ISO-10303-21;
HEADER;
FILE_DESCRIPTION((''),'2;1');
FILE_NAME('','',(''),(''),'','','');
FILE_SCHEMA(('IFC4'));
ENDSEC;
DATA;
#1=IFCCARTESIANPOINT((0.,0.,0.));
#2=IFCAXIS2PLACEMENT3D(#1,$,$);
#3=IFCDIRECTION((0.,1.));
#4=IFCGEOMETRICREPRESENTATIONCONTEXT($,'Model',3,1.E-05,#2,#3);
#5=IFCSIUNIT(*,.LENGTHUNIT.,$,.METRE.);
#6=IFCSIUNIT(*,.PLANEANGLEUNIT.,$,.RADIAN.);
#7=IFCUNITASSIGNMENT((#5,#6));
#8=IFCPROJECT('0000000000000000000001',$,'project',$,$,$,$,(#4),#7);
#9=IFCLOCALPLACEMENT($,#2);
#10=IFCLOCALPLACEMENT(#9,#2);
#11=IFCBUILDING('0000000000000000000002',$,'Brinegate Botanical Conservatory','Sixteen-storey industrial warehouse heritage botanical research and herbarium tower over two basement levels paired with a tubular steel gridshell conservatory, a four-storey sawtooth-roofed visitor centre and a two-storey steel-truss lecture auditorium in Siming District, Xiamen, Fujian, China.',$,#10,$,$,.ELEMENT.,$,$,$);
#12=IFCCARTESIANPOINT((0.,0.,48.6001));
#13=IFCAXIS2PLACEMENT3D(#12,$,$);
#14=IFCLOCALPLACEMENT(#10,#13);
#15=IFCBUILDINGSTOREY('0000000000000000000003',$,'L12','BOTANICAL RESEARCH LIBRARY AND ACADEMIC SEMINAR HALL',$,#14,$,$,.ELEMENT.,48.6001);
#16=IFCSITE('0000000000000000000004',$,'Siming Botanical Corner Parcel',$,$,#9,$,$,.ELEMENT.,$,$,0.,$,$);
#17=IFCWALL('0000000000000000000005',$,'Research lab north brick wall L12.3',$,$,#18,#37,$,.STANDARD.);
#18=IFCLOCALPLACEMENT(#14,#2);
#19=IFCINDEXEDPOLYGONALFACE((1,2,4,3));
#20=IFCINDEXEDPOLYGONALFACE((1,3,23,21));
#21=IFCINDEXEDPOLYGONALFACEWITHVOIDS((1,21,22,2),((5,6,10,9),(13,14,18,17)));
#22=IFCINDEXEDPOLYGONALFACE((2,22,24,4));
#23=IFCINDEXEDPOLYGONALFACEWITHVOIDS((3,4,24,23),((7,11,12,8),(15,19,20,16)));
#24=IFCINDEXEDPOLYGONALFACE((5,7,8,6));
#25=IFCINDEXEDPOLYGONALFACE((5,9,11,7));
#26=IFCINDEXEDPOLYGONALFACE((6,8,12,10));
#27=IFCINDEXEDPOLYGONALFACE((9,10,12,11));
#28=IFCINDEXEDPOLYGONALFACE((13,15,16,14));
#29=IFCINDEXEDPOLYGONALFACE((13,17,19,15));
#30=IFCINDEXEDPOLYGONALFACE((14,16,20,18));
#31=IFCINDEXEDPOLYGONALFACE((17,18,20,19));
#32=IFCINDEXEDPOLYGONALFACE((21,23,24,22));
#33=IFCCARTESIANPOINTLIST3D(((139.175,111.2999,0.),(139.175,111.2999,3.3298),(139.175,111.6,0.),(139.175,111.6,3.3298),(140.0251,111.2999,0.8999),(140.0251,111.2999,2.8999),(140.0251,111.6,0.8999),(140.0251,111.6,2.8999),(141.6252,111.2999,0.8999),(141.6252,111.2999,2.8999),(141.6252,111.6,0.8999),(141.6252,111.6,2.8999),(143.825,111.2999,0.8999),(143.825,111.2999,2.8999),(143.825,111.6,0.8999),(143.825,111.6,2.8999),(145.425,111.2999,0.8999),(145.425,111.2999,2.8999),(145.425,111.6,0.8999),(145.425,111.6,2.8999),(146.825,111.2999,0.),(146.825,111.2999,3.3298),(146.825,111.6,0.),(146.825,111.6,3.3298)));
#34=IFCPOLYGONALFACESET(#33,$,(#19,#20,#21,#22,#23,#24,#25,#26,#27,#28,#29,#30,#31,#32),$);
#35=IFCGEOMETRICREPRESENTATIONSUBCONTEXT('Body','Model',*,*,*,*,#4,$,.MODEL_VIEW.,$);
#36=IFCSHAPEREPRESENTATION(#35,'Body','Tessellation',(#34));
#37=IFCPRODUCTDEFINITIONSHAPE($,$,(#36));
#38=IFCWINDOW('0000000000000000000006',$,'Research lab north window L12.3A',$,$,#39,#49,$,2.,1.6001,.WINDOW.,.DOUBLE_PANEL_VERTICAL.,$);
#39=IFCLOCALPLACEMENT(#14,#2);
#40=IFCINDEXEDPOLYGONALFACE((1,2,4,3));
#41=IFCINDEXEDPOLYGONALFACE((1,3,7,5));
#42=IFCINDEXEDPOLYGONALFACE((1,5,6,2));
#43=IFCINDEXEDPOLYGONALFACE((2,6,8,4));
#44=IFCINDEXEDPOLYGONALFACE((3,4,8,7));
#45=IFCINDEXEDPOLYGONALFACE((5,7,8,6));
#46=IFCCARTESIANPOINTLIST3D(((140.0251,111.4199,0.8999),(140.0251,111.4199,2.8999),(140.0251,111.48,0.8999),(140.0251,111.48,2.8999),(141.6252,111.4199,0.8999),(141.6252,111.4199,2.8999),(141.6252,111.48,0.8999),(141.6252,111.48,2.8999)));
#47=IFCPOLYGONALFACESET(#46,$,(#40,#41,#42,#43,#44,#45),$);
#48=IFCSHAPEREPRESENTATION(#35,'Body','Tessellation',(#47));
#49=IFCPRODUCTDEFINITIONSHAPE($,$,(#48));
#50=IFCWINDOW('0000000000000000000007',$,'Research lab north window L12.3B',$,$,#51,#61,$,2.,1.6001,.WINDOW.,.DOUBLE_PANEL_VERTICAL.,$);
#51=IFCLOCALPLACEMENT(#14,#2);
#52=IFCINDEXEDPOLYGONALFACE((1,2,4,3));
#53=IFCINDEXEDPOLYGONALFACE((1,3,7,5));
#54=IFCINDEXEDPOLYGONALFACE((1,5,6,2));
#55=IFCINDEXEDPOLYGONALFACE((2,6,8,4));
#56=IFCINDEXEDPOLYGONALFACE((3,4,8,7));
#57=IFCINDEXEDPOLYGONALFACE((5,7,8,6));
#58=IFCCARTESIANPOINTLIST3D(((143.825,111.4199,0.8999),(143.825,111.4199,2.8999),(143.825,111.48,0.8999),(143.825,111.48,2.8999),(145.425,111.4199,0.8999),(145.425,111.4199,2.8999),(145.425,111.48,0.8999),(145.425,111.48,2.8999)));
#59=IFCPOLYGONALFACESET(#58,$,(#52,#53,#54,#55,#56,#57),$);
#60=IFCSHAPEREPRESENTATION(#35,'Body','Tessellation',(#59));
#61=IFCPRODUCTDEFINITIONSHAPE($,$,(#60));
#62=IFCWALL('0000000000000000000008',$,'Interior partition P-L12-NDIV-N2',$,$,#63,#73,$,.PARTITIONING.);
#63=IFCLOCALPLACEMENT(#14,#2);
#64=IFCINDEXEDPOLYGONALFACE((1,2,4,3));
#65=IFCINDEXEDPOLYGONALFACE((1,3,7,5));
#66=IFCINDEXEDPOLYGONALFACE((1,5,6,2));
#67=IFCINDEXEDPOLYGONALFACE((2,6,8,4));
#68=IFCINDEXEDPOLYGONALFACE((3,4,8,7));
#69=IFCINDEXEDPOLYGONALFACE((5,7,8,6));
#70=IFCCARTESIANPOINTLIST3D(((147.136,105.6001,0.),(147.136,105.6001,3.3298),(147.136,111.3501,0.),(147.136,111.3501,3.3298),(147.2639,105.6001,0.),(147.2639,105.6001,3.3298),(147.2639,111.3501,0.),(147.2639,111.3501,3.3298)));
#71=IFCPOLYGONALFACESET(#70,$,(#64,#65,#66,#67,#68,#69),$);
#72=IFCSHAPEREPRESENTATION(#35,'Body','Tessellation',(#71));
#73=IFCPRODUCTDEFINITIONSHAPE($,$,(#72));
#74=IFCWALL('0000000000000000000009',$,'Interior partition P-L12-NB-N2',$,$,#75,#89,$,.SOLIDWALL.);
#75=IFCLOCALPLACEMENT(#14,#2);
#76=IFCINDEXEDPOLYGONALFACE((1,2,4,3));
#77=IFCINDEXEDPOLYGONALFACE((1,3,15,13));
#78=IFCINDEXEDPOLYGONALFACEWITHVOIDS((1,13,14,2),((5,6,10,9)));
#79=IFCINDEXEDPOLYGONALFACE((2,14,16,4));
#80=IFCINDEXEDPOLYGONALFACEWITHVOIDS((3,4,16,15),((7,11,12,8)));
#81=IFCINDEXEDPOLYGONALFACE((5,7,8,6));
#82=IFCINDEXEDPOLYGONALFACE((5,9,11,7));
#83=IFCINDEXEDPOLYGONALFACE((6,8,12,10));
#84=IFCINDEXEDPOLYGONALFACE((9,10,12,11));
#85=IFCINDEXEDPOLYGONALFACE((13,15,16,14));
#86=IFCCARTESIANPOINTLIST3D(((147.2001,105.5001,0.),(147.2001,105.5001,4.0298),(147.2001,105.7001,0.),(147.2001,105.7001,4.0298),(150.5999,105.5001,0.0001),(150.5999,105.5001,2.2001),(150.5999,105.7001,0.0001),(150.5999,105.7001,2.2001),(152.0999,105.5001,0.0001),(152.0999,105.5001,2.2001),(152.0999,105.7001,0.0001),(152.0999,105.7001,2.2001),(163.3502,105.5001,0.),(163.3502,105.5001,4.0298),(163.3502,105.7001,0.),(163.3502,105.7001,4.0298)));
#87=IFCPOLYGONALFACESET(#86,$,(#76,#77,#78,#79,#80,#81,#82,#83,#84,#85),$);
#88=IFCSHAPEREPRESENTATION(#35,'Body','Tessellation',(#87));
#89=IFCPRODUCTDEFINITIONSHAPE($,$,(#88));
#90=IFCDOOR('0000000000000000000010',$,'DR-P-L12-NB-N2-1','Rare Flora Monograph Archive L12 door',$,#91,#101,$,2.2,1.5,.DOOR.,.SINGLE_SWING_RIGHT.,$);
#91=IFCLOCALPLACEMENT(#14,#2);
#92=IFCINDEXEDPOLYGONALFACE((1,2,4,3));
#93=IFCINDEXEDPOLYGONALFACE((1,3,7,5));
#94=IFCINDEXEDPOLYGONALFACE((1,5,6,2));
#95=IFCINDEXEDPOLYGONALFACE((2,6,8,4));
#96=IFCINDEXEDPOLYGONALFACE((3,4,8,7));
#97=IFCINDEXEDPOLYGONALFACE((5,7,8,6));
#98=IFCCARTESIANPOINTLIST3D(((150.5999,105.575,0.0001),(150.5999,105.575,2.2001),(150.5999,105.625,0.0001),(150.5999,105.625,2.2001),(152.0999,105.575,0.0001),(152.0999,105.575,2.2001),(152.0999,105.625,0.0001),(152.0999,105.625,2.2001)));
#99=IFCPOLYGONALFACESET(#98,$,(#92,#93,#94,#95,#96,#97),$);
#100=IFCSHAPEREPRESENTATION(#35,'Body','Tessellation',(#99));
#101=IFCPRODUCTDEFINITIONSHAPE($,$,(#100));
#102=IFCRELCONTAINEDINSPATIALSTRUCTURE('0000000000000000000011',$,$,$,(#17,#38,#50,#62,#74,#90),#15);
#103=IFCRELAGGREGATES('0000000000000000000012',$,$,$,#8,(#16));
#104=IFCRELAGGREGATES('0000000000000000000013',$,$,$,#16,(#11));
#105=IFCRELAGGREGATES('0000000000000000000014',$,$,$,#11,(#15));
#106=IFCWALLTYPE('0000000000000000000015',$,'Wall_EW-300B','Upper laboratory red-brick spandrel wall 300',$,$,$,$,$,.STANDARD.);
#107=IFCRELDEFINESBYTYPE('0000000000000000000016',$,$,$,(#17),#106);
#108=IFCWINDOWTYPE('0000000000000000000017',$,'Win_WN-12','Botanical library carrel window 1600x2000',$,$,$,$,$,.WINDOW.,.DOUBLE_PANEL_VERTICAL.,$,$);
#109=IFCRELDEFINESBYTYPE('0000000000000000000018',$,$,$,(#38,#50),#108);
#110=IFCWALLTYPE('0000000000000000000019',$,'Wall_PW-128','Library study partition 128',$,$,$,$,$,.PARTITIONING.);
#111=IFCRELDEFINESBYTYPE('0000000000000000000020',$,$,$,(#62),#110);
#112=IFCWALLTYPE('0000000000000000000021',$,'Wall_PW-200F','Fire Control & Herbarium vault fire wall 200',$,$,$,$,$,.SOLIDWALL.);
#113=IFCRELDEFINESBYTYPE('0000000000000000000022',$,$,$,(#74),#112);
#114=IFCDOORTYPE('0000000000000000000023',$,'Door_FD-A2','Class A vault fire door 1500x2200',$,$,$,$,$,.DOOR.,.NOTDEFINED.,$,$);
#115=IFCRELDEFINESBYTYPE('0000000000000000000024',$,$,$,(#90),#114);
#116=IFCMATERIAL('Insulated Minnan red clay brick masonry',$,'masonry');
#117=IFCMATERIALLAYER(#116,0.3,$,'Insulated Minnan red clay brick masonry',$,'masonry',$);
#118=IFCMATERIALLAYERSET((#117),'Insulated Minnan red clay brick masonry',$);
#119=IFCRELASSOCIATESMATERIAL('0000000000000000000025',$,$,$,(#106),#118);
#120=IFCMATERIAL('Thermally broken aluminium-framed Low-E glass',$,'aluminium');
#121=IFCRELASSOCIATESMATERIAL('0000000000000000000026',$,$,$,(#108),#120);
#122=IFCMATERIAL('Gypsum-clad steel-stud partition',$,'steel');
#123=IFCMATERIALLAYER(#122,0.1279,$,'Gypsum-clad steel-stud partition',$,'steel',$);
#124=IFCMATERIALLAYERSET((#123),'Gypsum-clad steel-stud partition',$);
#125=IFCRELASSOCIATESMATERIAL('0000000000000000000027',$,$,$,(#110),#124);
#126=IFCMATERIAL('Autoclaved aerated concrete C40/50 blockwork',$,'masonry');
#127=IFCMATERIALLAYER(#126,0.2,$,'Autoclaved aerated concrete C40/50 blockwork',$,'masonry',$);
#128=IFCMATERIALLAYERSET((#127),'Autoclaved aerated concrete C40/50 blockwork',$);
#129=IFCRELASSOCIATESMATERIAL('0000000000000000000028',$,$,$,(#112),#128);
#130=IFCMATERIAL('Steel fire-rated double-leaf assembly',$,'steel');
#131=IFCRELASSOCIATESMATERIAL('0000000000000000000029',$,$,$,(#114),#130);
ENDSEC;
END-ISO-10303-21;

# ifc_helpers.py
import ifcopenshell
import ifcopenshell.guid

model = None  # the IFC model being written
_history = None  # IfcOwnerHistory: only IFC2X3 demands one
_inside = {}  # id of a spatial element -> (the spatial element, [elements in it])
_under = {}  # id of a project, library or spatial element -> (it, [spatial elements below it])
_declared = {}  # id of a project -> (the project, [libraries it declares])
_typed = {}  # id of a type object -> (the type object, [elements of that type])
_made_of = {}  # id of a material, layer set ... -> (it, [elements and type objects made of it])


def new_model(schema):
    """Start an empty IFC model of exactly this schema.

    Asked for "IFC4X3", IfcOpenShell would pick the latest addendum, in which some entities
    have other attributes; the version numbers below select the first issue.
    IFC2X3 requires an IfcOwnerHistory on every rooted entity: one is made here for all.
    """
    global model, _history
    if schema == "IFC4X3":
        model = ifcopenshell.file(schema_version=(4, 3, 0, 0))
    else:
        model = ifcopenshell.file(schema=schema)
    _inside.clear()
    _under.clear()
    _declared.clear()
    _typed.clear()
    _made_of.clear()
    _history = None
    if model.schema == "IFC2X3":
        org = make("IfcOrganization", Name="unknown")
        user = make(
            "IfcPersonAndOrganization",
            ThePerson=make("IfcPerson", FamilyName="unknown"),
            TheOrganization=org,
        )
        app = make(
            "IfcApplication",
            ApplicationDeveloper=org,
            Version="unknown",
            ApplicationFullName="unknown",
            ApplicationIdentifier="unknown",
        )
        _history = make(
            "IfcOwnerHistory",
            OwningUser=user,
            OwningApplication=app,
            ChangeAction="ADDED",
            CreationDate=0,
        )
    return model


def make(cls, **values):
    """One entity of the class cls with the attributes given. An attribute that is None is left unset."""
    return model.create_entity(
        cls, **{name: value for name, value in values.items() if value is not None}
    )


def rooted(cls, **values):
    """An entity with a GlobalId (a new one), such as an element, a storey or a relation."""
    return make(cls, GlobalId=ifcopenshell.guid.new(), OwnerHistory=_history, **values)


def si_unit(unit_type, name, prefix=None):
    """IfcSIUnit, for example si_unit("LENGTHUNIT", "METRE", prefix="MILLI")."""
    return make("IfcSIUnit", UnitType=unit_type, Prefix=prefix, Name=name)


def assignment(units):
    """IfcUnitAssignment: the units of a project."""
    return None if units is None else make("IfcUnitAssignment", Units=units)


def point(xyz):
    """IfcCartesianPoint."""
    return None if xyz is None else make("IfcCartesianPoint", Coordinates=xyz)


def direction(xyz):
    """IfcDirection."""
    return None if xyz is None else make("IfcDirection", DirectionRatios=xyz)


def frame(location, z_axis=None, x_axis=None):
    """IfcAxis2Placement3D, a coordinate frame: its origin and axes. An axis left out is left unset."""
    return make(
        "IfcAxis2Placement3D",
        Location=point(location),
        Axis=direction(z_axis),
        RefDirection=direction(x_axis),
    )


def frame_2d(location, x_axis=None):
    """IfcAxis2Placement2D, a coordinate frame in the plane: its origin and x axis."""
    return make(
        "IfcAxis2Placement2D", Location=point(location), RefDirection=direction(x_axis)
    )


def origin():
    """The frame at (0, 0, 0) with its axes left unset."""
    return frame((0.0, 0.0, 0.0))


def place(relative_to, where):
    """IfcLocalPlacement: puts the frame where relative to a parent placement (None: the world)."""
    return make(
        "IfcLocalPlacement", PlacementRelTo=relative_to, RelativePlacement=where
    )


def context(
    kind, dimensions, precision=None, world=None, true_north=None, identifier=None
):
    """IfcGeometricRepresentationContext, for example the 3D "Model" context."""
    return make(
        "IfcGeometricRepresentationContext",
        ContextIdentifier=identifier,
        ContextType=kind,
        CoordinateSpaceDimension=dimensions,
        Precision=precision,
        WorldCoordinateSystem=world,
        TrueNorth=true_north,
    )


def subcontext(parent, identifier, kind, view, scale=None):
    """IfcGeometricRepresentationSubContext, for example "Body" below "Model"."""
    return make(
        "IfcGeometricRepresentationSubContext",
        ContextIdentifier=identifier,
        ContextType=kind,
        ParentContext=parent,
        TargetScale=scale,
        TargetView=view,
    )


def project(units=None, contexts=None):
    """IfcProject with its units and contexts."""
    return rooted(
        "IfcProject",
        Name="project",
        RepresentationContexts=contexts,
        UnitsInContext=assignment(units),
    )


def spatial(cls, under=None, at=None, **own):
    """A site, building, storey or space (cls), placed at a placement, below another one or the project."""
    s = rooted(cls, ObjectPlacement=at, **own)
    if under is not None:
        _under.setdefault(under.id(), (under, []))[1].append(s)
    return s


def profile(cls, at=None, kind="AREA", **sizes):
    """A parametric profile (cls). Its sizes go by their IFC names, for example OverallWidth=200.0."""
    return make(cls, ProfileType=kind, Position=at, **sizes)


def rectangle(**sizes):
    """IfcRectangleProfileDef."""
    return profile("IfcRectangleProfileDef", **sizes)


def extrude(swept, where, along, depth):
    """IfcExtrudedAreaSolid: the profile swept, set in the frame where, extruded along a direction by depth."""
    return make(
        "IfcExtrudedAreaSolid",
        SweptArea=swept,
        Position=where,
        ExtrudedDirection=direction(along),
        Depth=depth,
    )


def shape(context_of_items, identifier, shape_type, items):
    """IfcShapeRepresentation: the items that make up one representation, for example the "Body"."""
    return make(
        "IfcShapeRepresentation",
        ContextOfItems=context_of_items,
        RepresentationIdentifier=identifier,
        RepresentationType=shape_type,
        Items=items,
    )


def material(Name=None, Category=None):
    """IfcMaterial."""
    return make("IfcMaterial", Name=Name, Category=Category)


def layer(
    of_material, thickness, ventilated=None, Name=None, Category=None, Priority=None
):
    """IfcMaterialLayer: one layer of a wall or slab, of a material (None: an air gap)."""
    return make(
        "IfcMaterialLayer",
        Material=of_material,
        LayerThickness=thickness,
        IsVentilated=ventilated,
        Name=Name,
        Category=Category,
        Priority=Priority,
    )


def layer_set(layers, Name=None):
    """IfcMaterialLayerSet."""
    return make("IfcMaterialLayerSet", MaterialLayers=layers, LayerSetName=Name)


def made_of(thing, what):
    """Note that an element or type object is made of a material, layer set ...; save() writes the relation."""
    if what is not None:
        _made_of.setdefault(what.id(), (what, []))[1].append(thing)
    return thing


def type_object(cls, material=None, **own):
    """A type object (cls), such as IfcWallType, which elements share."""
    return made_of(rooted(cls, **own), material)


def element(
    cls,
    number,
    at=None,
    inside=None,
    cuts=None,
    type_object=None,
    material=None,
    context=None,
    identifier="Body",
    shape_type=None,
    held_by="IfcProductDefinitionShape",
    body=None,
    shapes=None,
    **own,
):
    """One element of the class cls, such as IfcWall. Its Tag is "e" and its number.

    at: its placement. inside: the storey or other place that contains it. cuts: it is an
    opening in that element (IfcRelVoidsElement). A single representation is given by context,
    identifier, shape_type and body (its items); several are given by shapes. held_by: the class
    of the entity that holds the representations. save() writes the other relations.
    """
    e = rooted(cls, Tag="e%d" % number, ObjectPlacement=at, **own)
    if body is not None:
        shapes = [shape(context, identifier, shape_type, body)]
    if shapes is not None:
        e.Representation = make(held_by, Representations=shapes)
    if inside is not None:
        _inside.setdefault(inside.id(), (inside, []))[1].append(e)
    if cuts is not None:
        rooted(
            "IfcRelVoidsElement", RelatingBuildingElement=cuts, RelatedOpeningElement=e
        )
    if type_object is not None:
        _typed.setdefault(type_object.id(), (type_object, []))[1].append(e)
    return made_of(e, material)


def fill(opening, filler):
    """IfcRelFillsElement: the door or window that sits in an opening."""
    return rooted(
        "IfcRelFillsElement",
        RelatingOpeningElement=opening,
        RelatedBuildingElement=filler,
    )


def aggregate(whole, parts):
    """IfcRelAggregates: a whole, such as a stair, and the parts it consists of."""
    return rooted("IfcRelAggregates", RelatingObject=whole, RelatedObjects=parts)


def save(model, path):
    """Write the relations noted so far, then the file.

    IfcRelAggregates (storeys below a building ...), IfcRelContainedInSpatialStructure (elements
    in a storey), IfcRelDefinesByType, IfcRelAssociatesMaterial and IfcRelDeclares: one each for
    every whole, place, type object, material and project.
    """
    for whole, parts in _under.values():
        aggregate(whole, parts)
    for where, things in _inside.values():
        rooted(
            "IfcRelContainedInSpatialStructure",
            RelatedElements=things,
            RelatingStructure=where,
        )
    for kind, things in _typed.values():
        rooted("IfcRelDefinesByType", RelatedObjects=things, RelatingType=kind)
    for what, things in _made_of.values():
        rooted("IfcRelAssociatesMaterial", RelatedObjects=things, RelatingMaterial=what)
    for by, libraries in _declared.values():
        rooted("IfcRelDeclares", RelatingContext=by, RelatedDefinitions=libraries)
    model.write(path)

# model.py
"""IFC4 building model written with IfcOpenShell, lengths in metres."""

from ifc_helpers import new_model, si_unit, direction, frame, frame_2d, origin, place, context, subcontext, project, spatial, rectangle, extrude, material, layer, layer_set, type_object, element, fill, save


model = new_model("IFC4")

# Units and contexts
model_context = context("Model", 3, precision=1e-05, world=origin(), true_north=direction((0.0, 1.0)))
body_context = subcontext(model_context, "Body", "Model", "MODEL_VIEW")
ifc_project = project(units=[si_unit("LENGTHUNIT", "METRE"), si_unit("PLANEANGLEUNIT", "RADIAN")], contexts=[model_context])

# Site, building, storey
site_placement = place(None, origin())
site = spatial("IfcSite", under=ifc_project, at=site_placement, Name="Siming Botanical Corner Parcel", CompositionType="ELEMENT", RefElevation=0.0)
building_placement = place(site_placement, origin())
building = spatial("IfcBuilding", under=site, at=building_placement, Name="Brinegate Botanical Conservatory", Description="Sixteen-storey industrial warehouse heritage botanical research and herbarium tower over two basement levels paired with a tubular steel gridshell conservatory, a four-storey sawtooth-roofed visitor centre and a two-storey steel-truss lecture auditorium in Siming District, Xiamen, Fujian, China.", CompositionType="ELEMENT")
storey_placement = place(building_placement, frame((0.0, 0.0, 48.6001)))
storey = spatial("IfcBuildingStorey", under=building, at=storey_placement, Name="L12", Description="BOTANICAL RESEARCH LIBRARY AND ACADEMIC SEMINAR HALL", CompositionType="ELEMENT", Elevation=48.6001)

# Wall, openings, windows
ifc_material_1 = material(Name="Insulated Minnan red clay brick masonry", Category="masonry")
ifc_layer_1 = layer(ifc_material_1, 0.3, Name="Insulated Minnan red clay brick masonry", Category="masonry")
ifc_layer_set_1 = layer_set([ifc_layer_1], Name="Insulated Minnan red clay brick masonry")
wall_type_1 = type_object("IfcWallType", Name="Wall_EW-300B", Description="Upper laboratory red-brick spandrel wall 300", PredefinedType="STANDARD", material=ifc_layer_set_1)
wall_1_placement = place(storey_placement, frame((139.175, 111.45, 0.0), z_axis=(0.0, 0.0, 1.0), x_axis=(1.0, 0.0, 0.0)))
wall_1 = element("IfcWall", 1, at=wall_1_placement, inside=storey, type_object=wall_type_1, Name="Research lab north brick wall L12.3", PredefinedType="STANDARD", context=body_context, shape_type="SweptSolid", body=[
    extrude(rectangle(XDim=7.6499, YDim=0.3, at=frame_2d((3.825, 0.0))), origin(), (0.0, 0.0, 1.0), 3.3298),
])
opening_1_placement = place(wall_1_placement, frame((0.8501, 0.0, 0.8999)))
opening_1 = element("IfcOpeningElement", 2, at=opening_1_placement, cuts=wall_1, PredefinedType="OPENING", context=body_context, shape_type="SweptSolid", body=[
    extrude(rectangle(XDim=1.6001, YDim=2.0, at=frame_2d((0.8, 1.0))), frame((0.0, 0.1599, 0.0), z_axis=(0.0, -1.0, 0.0), x_axis=(1.0, 0.0, 0.0)), (0.0, 0.0, 1.0), 0.3201),
])
opening_2_placement = place(wall_1_placement, frame((4.6499, 0.0, 0.8999)))
opening_2 = element("IfcOpeningElement", 3, at=opening_2_placement, cuts=wall_1, PredefinedType="OPENING", context=body_context, shape_type="SweptSolid", body=[
    extrude(rectangle(XDim=1.6001, YDim=2.0, at=frame_2d((0.8, 1.0))), frame((0.0, 0.1599, 0.0), z_axis=(0.0, -1.0, 0.0), x_axis=(1.0, 0.0, 0.0)), (0.0, 0.0, 1.0), 0.3201),
])
ifc_material_2 = material(Name="Thermally broken aluminium-framed Low-E glass", Category="aluminium")
window_type = type_object("IfcWindowType", Name="Win_WN-12", Description="Botanical library carrel window 1600x2000", PartitioningType="DOUBLE_PANEL_VERTICAL", PredefinedType="WINDOW", material=ifc_material_2)
window_1_placement = place(opening_1_placement, origin())
window_1 = element("IfcWindow", 4, at=window_1_placement, inside=storey, type_object=window_type, Name="Research lab north window L12.3A", OverallHeight=2.0, OverallWidth=1.6001, PartitioningType="DOUBLE_PANEL_VERTICAL", PredefinedType="WINDOW", context=body_context, shape_type="SweptSolid", body=[
    extrude(rectangle(XDim=1.6001, YDim=2.0, at=frame_2d((0.8, 1.0))), frame((0.0, 0.03, 0.0), z_axis=(0.0, -1.0, 0.0), x_axis=(1.0, 0.0, 0.0)), (0.0, 0.0, 1.0), 0.0601),
])
fill(opening_1, window_1)
window_2_placement = place(opening_2_placement, origin())
window_2 = element("IfcWindow", 5, at=window_2_placement, inside=storey, type_object=window_type, Name="Research lab north window L12.3B", OverallHeight=2.0, OverallWidth=1.6001, PartitioningType="DOUBLE_PANEL_VERTICAL", PredefinedType="WINDOW", context=body_context, shape_type="SweptSolid", body=[
    extrude(rectangle(XDim=1.6001, YDim=2.0, at=frame_2d((0.8, 1.0))), frame((0.0, 0.03, 0.0), z_axis=(0.0, -1.0, 0.0), x_axis=(1.0, 0.0, 0.0)), (0.0, 0.0, 1.0), 0.0601),
])
fill(opening_2, window_2)

# Wall
ifc_material_3 = material(Name="Gypsum-clad steel-stud partition", Category="steel")
ifc_layer_2 = layer(ifc_material_3, 0.1279, Name="Gypsum-clad steel-stud partition", Category="steel")
ifc_layer_set_2 = layer_set([ifc_layer_2], Name="Gypsum-clad steel-stud partition")
wall_type_2 = type_object("IfcWallType", Name="Wall_PW-128", Description="Library study partition 128", PredefinedType="PARTITIONING", material=ifc_layer_set_2)
wall_2_placement = place(storey_placement, frame((147.2, 105.6001, 0.0), z_axis=(0.0, 0.0, 1.0), x_axis=(0.0, 1.0, 0.0)))
element("IfcWall", 6, at=wall_2_placement, inside=storey, type_object=wall_type_2, Name="Interior partition P-L12-NDIV-N2", PredefinedType="PARTITIONING", context=body_context, shape_type="SweptSolid", body=[
    extrude(rectangle(XDim=5.75, YDim=0.1279, at=frame_2d((2.875, 0.0))), origin(), (0.0, 0.0, 1.0), 3.3298),
])

# Wall, opening, door
ifc_material_4 = material(Name="Autoclaved aerated concrete C40/50 blockwork", Category="masonry")
ifc_layer_3 = layer(ifc_material_4, 0.2, Name="Autoclaved aerated concrete C40/50 blockwork", Category="masonry")
ifc_layer_set_3 = layer_set([ifc_layer_3], Name="Autoclaved aerated concrete C40/50 blockwork")
wall_type_3 = type_object("IfcWallType", Name="Wall_PW-200F", Description="Fire Control & Herbarium vault fire wall 200", PredefinedType="SOLIDWALL", material=ifc_layer_set_3)
wall_3_placement = place(storey_placement, frame((147.2, 105.6001, 0.0), z_axis=(0.0, 0.0, 1.0), x_axis=(1.0, 0.0, 0.0)))
wall_3 = element("IfcWall", 7, at=wall_3_placement, inside=storey, type_object=wall_type_3, Name="Interior partition P-L12-NB-N2", PredefinedType="SOLIDWALL", context=body_context, shape_type="SweptSolid", body=[
    extrude(rectangle(XDim=16.1501, YDim=0.2, at=frame_2d((8.0752, 0.0))), origin(), (0.0, 0.0, 1.0), 4.0298),
])
opening_3_placement = place(wall_3_placement, frame((3.3999, 0.0, 0.0)))
opening_3 = element("IfcOpeningElement", 8, at=opening_3_placement, cuts=wall_3, PredefinedType="OPENING", context=body_context, shape_type="SweptSolid", body=[
    extrude(rectangle(XDim=1.5, YDim=2.2, at=frame_2d((0.75, 1.1001))), frame((0.0, 0.1099, 0.0), z_axis=(0.0, -1.0, 0.0), x_axis=(1.0, 0.0, 0.0)), (0.0, 0.0, 1.0), 0.22),
])
ifc_material_5 = material(Name="Steel fire-rated double-leaf assembly", Category="steel")
door_type = type_object("IfcDoorType", Name="Door_FD-A2", Description="Class A vault fire door 1500x2200", OperationType="NOTDEFINED", PredefinedType="DOOR", material=ifc_material_5)
door_placement = place(opening_3_placement, origin())
door = element("IfcDoor", 9, at=door_placement, inside=storey, type_object=door_type, Name="DR-P-L12-NB-N2-1", Description="Rare Flora Monograph Archive L12 door", OperationType="SINGLE_SWING_RIGHT", OverallHeight=2.2, OverallWidth=1.5, PredefinedType="DOOR", context=body_context, shape_type="SweptSolid", body=[
    extrude(rectangle(XDim=1.5, YDim=2.2, at=frame_2d((0.75, 1.1001))), frame((0.0, 0.0249, 0.0), z_axis=(0.0, -1.0, 0.0), x_axis=(1.0, 0.0, 0.0)), (0.0, 0.0, 1.0), 0.05),
])
fill(opening_3, door)

save(model, "model.ifc")
